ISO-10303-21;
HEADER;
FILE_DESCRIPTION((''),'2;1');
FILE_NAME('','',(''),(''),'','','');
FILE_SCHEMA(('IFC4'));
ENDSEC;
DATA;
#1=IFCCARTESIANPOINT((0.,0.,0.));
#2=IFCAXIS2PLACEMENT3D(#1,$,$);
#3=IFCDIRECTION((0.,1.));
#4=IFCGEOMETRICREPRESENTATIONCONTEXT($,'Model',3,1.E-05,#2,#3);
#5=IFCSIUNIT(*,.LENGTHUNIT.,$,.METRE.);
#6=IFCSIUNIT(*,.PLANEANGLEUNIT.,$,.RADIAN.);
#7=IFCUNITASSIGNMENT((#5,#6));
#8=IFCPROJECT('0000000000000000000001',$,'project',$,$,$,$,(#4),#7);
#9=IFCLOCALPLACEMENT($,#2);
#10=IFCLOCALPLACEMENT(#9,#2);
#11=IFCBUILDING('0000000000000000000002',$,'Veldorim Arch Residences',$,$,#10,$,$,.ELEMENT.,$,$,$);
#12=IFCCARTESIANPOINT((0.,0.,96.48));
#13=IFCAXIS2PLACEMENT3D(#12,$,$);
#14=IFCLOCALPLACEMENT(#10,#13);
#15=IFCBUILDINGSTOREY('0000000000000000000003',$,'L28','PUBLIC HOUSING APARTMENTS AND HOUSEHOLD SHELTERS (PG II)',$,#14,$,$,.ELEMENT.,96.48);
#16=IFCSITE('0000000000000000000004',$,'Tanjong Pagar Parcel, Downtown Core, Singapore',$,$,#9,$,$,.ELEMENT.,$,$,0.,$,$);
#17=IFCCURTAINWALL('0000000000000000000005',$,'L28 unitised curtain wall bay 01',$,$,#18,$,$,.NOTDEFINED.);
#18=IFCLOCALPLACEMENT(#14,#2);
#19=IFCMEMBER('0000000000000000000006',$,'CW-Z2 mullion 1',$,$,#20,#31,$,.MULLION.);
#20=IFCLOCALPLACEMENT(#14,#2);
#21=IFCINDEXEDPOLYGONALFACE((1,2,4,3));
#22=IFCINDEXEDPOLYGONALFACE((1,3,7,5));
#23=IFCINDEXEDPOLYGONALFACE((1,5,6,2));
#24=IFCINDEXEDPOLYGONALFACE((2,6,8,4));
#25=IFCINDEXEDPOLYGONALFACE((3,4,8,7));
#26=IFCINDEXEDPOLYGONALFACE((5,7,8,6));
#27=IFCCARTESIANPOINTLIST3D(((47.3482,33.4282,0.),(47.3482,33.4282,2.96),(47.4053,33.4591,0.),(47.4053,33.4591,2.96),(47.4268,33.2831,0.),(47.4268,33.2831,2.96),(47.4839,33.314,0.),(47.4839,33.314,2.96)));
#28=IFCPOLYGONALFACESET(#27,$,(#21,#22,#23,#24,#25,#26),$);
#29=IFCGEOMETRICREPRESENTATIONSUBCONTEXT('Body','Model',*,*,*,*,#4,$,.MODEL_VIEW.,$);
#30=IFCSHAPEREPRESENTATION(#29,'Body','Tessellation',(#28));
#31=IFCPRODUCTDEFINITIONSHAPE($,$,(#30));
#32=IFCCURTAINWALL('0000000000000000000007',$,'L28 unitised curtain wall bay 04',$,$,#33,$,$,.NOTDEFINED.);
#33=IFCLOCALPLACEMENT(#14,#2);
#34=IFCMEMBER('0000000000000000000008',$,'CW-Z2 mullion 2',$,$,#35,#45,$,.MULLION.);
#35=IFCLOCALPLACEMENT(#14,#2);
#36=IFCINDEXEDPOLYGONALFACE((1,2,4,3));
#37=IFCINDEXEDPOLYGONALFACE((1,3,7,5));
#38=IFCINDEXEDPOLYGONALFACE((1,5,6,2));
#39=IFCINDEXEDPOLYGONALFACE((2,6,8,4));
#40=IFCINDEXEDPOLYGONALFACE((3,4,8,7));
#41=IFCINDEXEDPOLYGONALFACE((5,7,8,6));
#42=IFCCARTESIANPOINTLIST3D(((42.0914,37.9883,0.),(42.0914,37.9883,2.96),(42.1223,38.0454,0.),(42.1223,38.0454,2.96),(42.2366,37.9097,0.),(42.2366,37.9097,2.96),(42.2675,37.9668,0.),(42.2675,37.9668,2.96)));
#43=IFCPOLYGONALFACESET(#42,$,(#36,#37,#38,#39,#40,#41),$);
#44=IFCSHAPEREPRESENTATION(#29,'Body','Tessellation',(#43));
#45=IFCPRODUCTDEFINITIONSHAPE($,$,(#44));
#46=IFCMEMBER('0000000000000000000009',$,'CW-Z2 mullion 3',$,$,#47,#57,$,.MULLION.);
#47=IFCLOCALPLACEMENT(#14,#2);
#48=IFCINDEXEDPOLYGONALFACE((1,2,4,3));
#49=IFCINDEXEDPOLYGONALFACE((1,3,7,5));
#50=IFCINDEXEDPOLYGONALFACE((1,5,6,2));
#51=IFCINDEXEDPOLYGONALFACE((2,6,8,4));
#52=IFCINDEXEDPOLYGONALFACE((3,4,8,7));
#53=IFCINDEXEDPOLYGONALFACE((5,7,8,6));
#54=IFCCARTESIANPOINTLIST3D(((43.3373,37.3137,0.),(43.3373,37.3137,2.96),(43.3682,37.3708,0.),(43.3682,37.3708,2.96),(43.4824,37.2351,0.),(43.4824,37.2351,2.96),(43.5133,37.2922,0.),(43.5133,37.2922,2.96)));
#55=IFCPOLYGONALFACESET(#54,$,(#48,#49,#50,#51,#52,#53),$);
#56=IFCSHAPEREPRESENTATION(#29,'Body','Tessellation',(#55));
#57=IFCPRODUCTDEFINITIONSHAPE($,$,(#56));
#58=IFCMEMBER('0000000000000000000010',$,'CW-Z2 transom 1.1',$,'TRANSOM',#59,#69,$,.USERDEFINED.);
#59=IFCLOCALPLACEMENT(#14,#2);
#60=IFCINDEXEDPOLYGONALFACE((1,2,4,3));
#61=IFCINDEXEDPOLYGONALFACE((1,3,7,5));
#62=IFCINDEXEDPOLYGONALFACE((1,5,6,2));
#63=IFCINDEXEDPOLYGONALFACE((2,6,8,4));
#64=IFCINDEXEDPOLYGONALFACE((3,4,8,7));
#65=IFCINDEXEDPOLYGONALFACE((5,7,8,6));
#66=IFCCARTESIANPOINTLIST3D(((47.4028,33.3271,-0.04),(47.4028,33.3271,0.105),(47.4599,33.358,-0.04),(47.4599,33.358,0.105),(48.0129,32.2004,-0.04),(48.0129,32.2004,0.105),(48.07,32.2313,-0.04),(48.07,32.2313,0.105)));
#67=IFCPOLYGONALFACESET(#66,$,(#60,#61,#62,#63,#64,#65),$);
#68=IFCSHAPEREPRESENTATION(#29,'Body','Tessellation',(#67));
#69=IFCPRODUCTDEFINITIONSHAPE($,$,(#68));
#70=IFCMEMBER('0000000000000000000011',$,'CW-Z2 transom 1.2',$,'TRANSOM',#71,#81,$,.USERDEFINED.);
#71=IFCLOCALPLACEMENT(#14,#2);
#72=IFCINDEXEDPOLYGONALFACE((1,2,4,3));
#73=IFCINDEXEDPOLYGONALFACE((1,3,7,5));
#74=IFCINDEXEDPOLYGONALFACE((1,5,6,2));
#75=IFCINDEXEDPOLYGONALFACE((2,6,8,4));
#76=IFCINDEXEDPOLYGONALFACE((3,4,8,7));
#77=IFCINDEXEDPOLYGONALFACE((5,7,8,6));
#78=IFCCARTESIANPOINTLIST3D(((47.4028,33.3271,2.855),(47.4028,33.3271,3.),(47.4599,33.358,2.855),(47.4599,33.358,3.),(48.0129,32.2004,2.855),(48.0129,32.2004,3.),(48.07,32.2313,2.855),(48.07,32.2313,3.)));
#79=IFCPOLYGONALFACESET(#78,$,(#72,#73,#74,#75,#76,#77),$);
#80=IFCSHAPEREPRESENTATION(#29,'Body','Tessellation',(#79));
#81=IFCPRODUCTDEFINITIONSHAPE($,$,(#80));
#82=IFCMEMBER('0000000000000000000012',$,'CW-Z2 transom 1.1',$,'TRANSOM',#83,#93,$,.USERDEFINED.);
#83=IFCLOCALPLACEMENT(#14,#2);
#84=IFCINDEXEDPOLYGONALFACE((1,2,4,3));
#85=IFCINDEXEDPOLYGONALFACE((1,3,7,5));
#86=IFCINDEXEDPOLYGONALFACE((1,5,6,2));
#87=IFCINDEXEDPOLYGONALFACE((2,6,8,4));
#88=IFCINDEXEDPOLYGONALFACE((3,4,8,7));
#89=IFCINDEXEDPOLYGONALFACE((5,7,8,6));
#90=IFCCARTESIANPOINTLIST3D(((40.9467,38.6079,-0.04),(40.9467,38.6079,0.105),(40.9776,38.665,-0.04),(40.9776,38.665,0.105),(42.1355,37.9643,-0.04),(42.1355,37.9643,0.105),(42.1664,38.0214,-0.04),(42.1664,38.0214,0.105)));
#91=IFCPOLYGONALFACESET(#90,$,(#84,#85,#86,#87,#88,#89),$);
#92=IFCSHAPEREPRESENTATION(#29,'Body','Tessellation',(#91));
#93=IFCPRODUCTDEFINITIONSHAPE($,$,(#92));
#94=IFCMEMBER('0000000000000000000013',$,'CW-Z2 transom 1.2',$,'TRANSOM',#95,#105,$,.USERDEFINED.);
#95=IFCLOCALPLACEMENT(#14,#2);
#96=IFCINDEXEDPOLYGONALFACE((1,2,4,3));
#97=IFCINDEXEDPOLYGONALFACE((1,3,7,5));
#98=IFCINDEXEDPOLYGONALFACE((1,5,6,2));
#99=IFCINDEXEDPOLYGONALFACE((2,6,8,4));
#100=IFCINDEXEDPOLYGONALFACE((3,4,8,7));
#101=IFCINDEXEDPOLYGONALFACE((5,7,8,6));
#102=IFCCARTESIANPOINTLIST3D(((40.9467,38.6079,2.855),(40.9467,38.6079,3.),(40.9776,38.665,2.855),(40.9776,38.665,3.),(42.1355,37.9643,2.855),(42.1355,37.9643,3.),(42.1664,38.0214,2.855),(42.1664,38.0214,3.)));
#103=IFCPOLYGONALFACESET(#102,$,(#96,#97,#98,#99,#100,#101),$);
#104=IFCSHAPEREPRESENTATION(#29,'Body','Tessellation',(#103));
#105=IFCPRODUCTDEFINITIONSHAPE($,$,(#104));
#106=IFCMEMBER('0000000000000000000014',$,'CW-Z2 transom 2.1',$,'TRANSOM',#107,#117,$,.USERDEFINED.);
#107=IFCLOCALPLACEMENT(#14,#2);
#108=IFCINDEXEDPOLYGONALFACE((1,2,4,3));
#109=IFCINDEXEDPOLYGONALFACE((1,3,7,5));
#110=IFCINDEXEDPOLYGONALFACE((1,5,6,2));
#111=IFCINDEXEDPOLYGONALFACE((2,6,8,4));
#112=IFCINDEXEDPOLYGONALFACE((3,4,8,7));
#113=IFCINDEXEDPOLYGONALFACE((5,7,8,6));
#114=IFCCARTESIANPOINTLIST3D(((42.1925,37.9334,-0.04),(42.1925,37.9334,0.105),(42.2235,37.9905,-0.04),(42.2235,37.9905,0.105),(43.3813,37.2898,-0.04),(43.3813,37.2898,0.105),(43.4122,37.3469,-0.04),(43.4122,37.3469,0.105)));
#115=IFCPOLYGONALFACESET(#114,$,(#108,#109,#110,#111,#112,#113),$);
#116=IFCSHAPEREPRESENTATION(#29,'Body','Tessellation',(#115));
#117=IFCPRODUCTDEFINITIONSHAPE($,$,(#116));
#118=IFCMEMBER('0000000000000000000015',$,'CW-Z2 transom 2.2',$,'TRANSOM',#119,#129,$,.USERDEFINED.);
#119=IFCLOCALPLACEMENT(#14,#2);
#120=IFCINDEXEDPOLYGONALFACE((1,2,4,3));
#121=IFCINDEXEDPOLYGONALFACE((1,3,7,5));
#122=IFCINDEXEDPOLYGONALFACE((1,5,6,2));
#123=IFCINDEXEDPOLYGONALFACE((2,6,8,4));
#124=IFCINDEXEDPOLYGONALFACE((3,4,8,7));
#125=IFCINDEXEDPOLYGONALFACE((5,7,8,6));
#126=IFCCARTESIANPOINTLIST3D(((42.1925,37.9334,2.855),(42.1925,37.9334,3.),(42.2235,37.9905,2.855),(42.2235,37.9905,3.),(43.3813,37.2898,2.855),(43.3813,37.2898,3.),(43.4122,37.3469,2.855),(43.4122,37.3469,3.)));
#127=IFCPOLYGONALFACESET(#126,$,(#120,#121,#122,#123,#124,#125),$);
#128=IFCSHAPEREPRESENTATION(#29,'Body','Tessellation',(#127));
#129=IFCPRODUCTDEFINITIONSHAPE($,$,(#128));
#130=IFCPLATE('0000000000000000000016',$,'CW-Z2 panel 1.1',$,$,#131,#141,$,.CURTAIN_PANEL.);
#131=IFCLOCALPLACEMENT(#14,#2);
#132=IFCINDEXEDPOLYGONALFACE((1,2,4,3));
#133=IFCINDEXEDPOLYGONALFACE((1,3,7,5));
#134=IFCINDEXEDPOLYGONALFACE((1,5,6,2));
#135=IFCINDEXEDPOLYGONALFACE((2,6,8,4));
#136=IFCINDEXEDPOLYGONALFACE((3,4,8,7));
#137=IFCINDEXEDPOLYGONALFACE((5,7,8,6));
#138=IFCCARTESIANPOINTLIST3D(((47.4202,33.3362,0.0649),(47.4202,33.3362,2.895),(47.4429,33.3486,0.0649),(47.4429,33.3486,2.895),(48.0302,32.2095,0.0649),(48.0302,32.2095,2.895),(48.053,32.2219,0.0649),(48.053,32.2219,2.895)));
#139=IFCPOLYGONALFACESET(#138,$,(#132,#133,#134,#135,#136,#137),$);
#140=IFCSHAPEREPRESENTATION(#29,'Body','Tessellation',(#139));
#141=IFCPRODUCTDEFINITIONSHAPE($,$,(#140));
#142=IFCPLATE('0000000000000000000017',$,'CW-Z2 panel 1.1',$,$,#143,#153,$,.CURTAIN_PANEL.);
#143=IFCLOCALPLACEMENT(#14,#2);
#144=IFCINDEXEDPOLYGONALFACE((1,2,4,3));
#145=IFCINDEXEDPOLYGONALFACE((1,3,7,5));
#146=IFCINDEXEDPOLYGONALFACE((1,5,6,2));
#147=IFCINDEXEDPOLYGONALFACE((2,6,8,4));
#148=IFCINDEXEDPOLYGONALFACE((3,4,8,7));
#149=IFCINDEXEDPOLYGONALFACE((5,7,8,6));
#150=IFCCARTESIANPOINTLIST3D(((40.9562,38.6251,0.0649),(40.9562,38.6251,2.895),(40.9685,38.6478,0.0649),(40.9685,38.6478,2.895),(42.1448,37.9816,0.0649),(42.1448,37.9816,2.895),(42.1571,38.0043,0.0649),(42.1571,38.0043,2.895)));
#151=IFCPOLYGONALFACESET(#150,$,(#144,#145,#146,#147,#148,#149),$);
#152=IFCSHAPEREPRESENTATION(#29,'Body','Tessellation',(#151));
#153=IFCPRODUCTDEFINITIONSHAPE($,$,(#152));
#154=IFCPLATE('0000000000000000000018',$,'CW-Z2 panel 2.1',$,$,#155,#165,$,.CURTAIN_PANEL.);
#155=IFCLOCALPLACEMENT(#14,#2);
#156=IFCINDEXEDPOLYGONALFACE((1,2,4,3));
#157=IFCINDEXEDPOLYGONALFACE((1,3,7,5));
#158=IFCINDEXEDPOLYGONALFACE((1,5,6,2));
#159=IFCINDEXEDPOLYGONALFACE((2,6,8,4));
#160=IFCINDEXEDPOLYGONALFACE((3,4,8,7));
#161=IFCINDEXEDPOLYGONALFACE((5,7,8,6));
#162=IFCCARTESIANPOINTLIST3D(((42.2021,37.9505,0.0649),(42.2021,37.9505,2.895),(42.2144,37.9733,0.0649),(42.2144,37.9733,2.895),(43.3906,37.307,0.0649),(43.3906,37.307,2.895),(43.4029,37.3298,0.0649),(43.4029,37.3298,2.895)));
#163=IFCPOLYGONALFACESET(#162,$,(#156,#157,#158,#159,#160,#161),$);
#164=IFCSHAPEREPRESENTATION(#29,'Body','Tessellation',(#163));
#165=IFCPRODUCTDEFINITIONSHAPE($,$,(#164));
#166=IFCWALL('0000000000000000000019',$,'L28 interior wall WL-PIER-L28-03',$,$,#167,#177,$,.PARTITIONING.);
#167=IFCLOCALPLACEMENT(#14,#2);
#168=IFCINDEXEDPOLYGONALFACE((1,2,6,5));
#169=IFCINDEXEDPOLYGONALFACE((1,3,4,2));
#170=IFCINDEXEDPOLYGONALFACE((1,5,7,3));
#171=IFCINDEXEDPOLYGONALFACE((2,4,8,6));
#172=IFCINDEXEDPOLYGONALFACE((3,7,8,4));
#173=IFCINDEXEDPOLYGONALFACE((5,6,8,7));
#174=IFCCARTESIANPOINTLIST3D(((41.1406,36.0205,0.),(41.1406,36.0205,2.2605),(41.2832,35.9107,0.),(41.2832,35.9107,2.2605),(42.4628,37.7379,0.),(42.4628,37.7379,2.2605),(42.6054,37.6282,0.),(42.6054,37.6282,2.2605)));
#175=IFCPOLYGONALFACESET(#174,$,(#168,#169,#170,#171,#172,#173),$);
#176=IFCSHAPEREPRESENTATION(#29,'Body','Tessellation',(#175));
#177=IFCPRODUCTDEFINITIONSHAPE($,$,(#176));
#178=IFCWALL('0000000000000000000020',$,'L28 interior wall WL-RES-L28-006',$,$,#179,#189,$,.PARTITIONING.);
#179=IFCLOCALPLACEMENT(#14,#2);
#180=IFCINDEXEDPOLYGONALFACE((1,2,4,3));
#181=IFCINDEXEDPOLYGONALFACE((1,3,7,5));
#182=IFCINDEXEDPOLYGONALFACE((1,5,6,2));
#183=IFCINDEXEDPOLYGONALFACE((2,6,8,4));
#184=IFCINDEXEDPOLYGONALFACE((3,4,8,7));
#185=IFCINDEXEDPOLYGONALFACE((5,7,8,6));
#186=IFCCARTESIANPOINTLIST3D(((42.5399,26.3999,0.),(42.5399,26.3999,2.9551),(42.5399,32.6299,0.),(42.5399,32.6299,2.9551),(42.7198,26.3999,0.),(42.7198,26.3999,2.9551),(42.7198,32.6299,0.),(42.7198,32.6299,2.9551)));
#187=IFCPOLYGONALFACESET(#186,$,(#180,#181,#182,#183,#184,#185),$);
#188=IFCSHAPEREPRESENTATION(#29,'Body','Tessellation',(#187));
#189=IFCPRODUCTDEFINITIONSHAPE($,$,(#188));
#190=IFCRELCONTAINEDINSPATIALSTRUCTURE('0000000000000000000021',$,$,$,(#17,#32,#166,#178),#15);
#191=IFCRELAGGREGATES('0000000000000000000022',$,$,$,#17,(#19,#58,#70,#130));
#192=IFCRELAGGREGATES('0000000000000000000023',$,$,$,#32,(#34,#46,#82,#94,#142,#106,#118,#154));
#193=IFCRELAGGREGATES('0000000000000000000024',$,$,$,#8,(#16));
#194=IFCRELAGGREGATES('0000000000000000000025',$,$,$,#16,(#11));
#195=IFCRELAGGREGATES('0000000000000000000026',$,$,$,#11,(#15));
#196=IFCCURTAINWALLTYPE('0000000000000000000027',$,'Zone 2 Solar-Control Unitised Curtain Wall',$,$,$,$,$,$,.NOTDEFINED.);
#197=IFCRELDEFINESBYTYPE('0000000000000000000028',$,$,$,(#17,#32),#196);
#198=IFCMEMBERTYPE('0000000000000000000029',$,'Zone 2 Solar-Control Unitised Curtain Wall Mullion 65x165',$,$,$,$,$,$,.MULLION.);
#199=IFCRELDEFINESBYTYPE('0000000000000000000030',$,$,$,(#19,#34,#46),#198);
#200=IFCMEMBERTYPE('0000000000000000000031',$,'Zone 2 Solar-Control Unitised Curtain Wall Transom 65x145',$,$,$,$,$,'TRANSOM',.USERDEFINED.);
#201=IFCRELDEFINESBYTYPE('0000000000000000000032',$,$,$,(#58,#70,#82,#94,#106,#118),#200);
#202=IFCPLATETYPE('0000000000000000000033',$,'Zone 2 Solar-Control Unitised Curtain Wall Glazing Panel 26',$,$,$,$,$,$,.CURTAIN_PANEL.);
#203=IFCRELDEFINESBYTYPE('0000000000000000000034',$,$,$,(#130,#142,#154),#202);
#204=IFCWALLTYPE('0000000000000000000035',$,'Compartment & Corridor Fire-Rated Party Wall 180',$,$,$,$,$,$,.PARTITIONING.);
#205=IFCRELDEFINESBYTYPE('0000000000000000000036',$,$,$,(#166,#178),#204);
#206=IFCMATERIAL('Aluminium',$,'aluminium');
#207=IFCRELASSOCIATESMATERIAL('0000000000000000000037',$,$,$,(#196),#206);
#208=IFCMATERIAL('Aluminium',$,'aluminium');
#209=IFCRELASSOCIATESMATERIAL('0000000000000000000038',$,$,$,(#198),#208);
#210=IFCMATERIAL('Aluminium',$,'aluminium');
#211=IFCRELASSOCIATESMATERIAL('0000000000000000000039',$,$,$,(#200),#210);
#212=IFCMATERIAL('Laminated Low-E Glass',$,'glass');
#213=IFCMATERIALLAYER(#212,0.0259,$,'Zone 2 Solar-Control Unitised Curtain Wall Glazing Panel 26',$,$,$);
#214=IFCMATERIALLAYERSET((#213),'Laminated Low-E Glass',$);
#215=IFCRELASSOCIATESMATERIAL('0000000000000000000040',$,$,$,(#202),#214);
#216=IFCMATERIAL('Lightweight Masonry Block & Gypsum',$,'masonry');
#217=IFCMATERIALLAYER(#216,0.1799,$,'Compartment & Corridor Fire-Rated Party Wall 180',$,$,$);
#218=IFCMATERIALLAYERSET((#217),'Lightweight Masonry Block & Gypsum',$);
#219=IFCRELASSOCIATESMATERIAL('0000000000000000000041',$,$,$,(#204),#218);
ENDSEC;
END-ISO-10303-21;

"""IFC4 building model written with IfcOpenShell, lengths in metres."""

from ifc_helpers import new_model, si_unit, direction, frame, frame_2d, origin, origin_2d, place, context, subcontext, project, spatial, rectangle, extrude, material, layer, layer_set, material_profile, profile_set, type_object, element, aggregate, save


model = new_model("IFC4")

# Units and contexts
model_context = context("Model", 3, precision=1e-05, world=origin(), true_north=direction((0.0, 1.0)))
body_context = subcontext(model_context, "Body", "Model", "MODEL_VIEW")
ifc_project = project(units=[si_unit("LENGTHUNIT", "METRE"), si_unit("PLANEANGLEUNIT", "RADIAN")], contexts=[model_context])

# Site, building, storey
site_placement = place(None, origin())
site = spatial("IfcSite", under=ifc_project, at=site_placement, Name="Tanjong Pagar Parcel, Downtown Core, Singapore", CompositionType="ELEMENT", RefElevation=0.0)
building_placement = place(site_placement, origin())
building = spatial("IfcBuilding", under=site, at=building_placement, Name="Veldorim Arch Residences", CompositionType="ELEMENT")
storey_placement = place(building_placement, frame((0.0, 0.0, 96.48)))
storey = spatial("IfcBuildingStorey", under=building, at=storey_placement, Name="L28", Description="PUBLIC HOUSING APARTMENTS AND HOUSEHOLD SHELTERS (PG II)", CompositionType="ELEMENT", Elevation=96.48)

# Curtain wall, member
ifc_material_1 = material(Name="Aluminium", Category="aluminium")
curtain_wall_type = type_object("IfcCurtainWallType", Name="Zone 2 Solar-Control Unitised Curtain Wall", PredefinedType="NOTDEFINED", material=ifc_material_1)
curtain_wall_1_placement = place(storey_placement, origin())
curtain_wall_1 = element("IfcCurtainWall", 1, at=curtain_wall_1_placement, inside=storey, type_object=curtain_wall_type, Name="L28 unitised curtain wall bay 01", PredefinedType="NOTDEFINED")
ifc_material_2 = material(Name="Aluminium", Category="aluminium")
ifc_material_profile_1 = material_profile(ifc_material_2, rectangle(XDim=0.0649, YDim=0.165, at=origin_2d()), Name="ALU_MUL_65x165")
ifc_profile_set_1 = profile_set([ifc_material_profile_1], Name="Aluminium")
member_type_1 = type_object("IfcMemberType", Name="Zone 2 Solar-Control Unitised Curtain Wall Mullion 65x165", PredefinedType="MULLION", material=ifc_profile_set_1)
member_1_placement = place(storey_placement, frame((47.416, 33.3711, 0.0), z_axis=(0.0, 0.0, 1.0), x_axis=(0.879366, 0.476146, 0.0)))
member_1 = element("IfcMember", 2, at=member_1_placement, type_object=member_type_1, Name="CW-Z2 mullion 1", PredefinedType="MULLION", context=body_context, shape_type="SweptSolid", body=[
    extrude(rectangle(XDim=0.0649, YDim=0.165, at=origin_2d()), origin(), (0.0, 0.0, 1.0), 2.96),
])

# Curtain wall, members
curtain_wall_2_placement = place(storey_placement, origin())
curtain_wall_2 = element("IfcCurtainWall", 3, at=curtain_wall_2_placement, inside=storey, type_object=curtain_wall_type, Name="L28 unitised curtain wall bay 04", PredefinedType="NOTDEFINED")
member_2_placement = place(storey_placement, frame((42.1794, 37.9775, 0.0), z_axis=(0.0, 0.0, 1.0), x_axis=(0.476096, 0.879393, 0.0)))
member_2 = element("IfcMember", 4, at=member_2_placement, type_object=member_type_1, Name="CW-Z2 mullion 2", PredefinedType="MULLION", context=body_context, shape_type="SweptSolid", body=[
    extrude(rectangle(XDim=0.0649, YDim=0.165, at=origin_2d()), origin(), (0.0, 0.0, 1.0), 2.96),
])
member_3_placement = place(storey_placement, frame((43.4253, 37.303, 0.0), z_axis=(0.0, 0.0, 1.0), x_axis=(0.476096, 0.879393, 0.0)))
member_3 = element("IfcMember", 5, at=member_3_placement, type_object=member_type_1, Name="CW-Z2 mullion 3", PredefinedType="MULLION", context=body_context, shape_type="SweptSolid", body=[
    extrude(rectangle(XDim=0.0649, YDim=0.165, at=origin_2d()), origin(), (0.0, 0.0, 1.0), 2.96),
])

# Members
ifc_material_3 = material(Name="Aluminium", Category="aluminium")
ifc_material_profile_2 = material_profile(ifc_material_3, rectangle(XDim=0.0649, YDim=0.145, at=origin_2d()), Name="ALU_TRN_65x145")
ifc_profile_set_2 = profile_set([ifc_material_profile_2], Name="Aluminium")
member_type_2 = type_object("IfcMemberType", Name="Zone 2 Solar-Control Unitised Curtain Wall Transom 65x145", ElementType="TRANSOM", PredefinedType="USERDEFINED", material=ifc_profile_set_2)
member_4_placement = place(storey_placement, frame((47.4314, 33.3425, 0.0325), z_axis=(0.476167, -0.879355, 0.0), x_axis=(0.879355, 0.476167, 0.0)))
member_4 = element("IfcMember", 6, at=member_4_placement, type_object=member_type_2, Name="CW-Z2 transom 1.1", ObjectType="TRANSOM", PredefinedType="USERDEFINED", context=body_context, shape_type="SweptSolid", body=[
    extrude(rectangle(XDim=0.0649, YDim=0.145, at=origin_2d()), origin(), (0.0, 0.0, 1.0), 1.2812),
])
member_5_placement = place(storey_placement, frame((47.4314, 33.3425, 2.9275), z_axis=(0.476167, -0.879355, 0.0), x_axis=(0.879355, 0.476167, 0.0)))
member_5 = element("IfcMember", 7, at=member_5_placement, type_object=member_type_2, Name="CW-Z2 transom 1.2", ObjectType="TRANSOM", PredefinedType="USERDEFINED", context=body_context, shape_type="SweptSolid", body=[
    extrude(rectangle(XDim=0.0649, YDim=0.145, at=origin_2d()), origin(), (0.0, 0.0, 1.0), 1.2812),
])
member_6_placement = place(storey_placement, frame((40.9622, 38.6365, 0.0325), z_axis=(0.879396, -0.476091, 0.0), x_axis=(0.476091, 0.879396, 0.0)))
member_6 = element("IfcMember", 8, at=member_6_placement, type_object=member_type_2, Name="CW-Z2 transom 1.1", ObjectType="TRANSOM", PredefinedType="USERDEFINED", context=body_context, shape_type="SweptSolid", body=[
    extrude(rectangle(XDim=0.0649, YDim=0.145, at=origin_2d()), origin(), (0.0, 0.0, 1.0), 1.3518),
])
member_7_placement = place(storey_placement, frame((40.9622, 38.6365, 2.9275), z_axis=(0.879396, -0.476091, 0.0), x_axis=(0.476091, 0.879396, 0.0)))
member_7 = element("IfcMember", 9, at=member_7_placement, type_object=member_type_2, Name="CW-Z2 transom 1.2", ObjectType="TRANSOM", PredefinedType="USERDEFINED", context=body_context, shape_type="SweptSolid", body=[
    extrude(rectangle(XDim=0.0649, YDim=0.145, at=origin_2d()), origin(), (0.0, 0.0, 1.0), 1.3518),
])
member_8_placement = place(storey_placement, frame((42.208, 37.9619, 0.0325), z_axis=(0.879396, -0.476091, 0.0), x_axis=(0.476091, 0.879396, 0.0)))
member_8 = element("IfcMember", 10, at=member_8_placement, type_object=member_type_2, Name="CW-Z2 transom 2.1", ObjectType="TRANSOM", PredefinedType="USERDEFINED", context=body_context, shape_type="SweptSolid", body=[
    extrude(rectangle(XDim=0.0649, YDim=0.145, at=origin_2d()), origin(), (0.0, 0.0, 1.0), 1.3518),
])
member_9_placement = place(storey_placement, frame((42.208, 37.9619, 2.9275), z_axis=(0.879396, -0.476091, 0.0), x_axis=(0.476091, 0.879396, 0.0)))
member_9 = element("IfcMember", 11, at=member_9_placement, type_object=member_type_2, Name="CW-Z2 transom 2.2", ObjectType="TRANSOM", PredefinedType="USERDEFINED", context=body_context, shape_type="SweptSolid", body=[
    extrude(rectangle(XDim=0.0649, YDim=0.145, at=origin_2d()), origin(), (0.0, 0.0, 1.0), 1.3518),
])

# Plates
ifc_material_4 = material(Name="Laminated Low-E Glass", Category="glass")
ifc_layer_1 = layer(ifc_material_4, 0.0259, Name="Zone 2 Solar-Control Unitised Curtain Wall Glazing Panel 26")
ifc_layer_set_1 = layer_set([ifc_layer_1], Name="Laminated Low-E Glass")
plate_type = type_object("IfcPlateType", Name="Zone 2 Solar-Control Unitised Curtain Wall Glazing Panel 26", PredefinedType="CURTAIN_PANEL", material=ifc_layer_set_1)
plate_1_placement = place(storey_placement, frame((47.7366, 32.7791, 0.0649), z_axis=(0.0, 0.0, 1.0), x_axis=(0.476146, -0.879366, 0.0)))
plate_1 = element("IfcPlate", 12, at=plate_1_placement, type_object=plate_type, Name="CW-Z2 panel 1.1", PredefinedType="CURTAIN_PANEL", context=body_context, shape_type="SweptSolid", body=[
    extrude(rectangle(XDim=1.2812, YDim=0.0259, at=origin_2d()), origin(), (0.0, 0.0, 1.0), 2.8301),
])
aggregate(curtain_wall_1, [member_1, member_4, member_5, plate_1])
plate_2_placement = place(storey_placement, frame((41.5566, 38.3147, 0.0649), z_axis=(0.0, 0.0, 1.0), x_axis=(0.879393, -0.476096, 0.0)))
plate_2 = element("IfcPlate", 13, at=plate_2_placement, type_object=plate_type, Name="CW-Z2 panel 1.1", PredefinedType="CURTAIN_PANEL", context=body_context, shape_type="SweptSolid", body=[
    extrude(rectangle(XDim=1.3516, YDim=0.0259, at=origin_2d()), origin(), (0.0, 0.0, 1.0), 2.8301),
])
plate_3_placement = place(storey_placement, frame((42.8025, 37.6401, 0.0649), z_axis=(0.0, 0.0, 1.0), x_axis=(0.879393, -0.476096, 0.0)))
plate_3 = element("IfcPlate", 14, at=plate_3_placement, type_object=plate_type, Name="CW-Z2 panel 2.1", PredefinedType="CURTAIN_PANEL", context=body_context, shape_type="SweptSolid", body=[
    extrude(rectangle(XDim=1.3516, YDim=0.0259, at=origin_2d()), origin(), (0.0, 0.0, 1.0), 2.8301),
])
aggregate(curtain_wall_2, [member_2, member_3, member_6, member_7, plate_2, member_8, member_9, plate_3])

# Walls
ifc_material_5 = material(Name="Lightweight Masonry Block & Gypsum", Category="masonry")
ifc_layer_2 = layer(ifc_material_5, 0.1799, Name="Compartment & Corridor Fire-Rated Party Wall 180")
ifc_layer_set_2 = layer_set([ifc_layer_2], Name="Lightweight Masonry Block & Gypsum")
wall_type_1 = type_object("IfcWallType", Name="Compartment & Corridor Fire-Rated Party Wall 180", PredefinedType="PARTITIONING", material=ifc_layer_set_2)
wall_1_placement = place(storey_placement, frame((41.2119, 35.9656, 0.0), z_axis=(0.0, 0.0, 1.0), x_axis=(0.610026, 0.792381, 0.0)))
element("IfcWall", 15, at=wall_1_placement, inside=storey, type_object=wall_type_1, Name="L28 interior wall WL-PIER-L28-03", PredefinedType="PARTITIONING", context=body_context, shape_type="SweptSolid", body=[
    extrude(rectangle(XDim=2.1675, YDim=0.1799, at=frame_2d((1.0837, 0.0))), origin(), (0.0, 0.0, 1.0), 2.2605),
])
wall_2_placement = place(storey_placement, frame((42.6299, 32.6299, 0.0), z_axis=(0.0, 0.0, 1.0), x_axis=(0.0, -1.0, 0.0)))
element("IfcWall", 16, at=wall_2_placement, inside=storey, type_object=wall_type_1, Name="L28 interior wall WL-RES-L28-006", PredefinedType="PARTITIONING", context=body_context, shape_type="SweptSolid", body=[
    extrude(rectangle(XDim=6.23, YDim=0.1799, at=frame_2d((3.115, 0.0))), origin(), (0.0, 0.0, 1.0), 2.9551),
])

save(model, "model.ifc")
